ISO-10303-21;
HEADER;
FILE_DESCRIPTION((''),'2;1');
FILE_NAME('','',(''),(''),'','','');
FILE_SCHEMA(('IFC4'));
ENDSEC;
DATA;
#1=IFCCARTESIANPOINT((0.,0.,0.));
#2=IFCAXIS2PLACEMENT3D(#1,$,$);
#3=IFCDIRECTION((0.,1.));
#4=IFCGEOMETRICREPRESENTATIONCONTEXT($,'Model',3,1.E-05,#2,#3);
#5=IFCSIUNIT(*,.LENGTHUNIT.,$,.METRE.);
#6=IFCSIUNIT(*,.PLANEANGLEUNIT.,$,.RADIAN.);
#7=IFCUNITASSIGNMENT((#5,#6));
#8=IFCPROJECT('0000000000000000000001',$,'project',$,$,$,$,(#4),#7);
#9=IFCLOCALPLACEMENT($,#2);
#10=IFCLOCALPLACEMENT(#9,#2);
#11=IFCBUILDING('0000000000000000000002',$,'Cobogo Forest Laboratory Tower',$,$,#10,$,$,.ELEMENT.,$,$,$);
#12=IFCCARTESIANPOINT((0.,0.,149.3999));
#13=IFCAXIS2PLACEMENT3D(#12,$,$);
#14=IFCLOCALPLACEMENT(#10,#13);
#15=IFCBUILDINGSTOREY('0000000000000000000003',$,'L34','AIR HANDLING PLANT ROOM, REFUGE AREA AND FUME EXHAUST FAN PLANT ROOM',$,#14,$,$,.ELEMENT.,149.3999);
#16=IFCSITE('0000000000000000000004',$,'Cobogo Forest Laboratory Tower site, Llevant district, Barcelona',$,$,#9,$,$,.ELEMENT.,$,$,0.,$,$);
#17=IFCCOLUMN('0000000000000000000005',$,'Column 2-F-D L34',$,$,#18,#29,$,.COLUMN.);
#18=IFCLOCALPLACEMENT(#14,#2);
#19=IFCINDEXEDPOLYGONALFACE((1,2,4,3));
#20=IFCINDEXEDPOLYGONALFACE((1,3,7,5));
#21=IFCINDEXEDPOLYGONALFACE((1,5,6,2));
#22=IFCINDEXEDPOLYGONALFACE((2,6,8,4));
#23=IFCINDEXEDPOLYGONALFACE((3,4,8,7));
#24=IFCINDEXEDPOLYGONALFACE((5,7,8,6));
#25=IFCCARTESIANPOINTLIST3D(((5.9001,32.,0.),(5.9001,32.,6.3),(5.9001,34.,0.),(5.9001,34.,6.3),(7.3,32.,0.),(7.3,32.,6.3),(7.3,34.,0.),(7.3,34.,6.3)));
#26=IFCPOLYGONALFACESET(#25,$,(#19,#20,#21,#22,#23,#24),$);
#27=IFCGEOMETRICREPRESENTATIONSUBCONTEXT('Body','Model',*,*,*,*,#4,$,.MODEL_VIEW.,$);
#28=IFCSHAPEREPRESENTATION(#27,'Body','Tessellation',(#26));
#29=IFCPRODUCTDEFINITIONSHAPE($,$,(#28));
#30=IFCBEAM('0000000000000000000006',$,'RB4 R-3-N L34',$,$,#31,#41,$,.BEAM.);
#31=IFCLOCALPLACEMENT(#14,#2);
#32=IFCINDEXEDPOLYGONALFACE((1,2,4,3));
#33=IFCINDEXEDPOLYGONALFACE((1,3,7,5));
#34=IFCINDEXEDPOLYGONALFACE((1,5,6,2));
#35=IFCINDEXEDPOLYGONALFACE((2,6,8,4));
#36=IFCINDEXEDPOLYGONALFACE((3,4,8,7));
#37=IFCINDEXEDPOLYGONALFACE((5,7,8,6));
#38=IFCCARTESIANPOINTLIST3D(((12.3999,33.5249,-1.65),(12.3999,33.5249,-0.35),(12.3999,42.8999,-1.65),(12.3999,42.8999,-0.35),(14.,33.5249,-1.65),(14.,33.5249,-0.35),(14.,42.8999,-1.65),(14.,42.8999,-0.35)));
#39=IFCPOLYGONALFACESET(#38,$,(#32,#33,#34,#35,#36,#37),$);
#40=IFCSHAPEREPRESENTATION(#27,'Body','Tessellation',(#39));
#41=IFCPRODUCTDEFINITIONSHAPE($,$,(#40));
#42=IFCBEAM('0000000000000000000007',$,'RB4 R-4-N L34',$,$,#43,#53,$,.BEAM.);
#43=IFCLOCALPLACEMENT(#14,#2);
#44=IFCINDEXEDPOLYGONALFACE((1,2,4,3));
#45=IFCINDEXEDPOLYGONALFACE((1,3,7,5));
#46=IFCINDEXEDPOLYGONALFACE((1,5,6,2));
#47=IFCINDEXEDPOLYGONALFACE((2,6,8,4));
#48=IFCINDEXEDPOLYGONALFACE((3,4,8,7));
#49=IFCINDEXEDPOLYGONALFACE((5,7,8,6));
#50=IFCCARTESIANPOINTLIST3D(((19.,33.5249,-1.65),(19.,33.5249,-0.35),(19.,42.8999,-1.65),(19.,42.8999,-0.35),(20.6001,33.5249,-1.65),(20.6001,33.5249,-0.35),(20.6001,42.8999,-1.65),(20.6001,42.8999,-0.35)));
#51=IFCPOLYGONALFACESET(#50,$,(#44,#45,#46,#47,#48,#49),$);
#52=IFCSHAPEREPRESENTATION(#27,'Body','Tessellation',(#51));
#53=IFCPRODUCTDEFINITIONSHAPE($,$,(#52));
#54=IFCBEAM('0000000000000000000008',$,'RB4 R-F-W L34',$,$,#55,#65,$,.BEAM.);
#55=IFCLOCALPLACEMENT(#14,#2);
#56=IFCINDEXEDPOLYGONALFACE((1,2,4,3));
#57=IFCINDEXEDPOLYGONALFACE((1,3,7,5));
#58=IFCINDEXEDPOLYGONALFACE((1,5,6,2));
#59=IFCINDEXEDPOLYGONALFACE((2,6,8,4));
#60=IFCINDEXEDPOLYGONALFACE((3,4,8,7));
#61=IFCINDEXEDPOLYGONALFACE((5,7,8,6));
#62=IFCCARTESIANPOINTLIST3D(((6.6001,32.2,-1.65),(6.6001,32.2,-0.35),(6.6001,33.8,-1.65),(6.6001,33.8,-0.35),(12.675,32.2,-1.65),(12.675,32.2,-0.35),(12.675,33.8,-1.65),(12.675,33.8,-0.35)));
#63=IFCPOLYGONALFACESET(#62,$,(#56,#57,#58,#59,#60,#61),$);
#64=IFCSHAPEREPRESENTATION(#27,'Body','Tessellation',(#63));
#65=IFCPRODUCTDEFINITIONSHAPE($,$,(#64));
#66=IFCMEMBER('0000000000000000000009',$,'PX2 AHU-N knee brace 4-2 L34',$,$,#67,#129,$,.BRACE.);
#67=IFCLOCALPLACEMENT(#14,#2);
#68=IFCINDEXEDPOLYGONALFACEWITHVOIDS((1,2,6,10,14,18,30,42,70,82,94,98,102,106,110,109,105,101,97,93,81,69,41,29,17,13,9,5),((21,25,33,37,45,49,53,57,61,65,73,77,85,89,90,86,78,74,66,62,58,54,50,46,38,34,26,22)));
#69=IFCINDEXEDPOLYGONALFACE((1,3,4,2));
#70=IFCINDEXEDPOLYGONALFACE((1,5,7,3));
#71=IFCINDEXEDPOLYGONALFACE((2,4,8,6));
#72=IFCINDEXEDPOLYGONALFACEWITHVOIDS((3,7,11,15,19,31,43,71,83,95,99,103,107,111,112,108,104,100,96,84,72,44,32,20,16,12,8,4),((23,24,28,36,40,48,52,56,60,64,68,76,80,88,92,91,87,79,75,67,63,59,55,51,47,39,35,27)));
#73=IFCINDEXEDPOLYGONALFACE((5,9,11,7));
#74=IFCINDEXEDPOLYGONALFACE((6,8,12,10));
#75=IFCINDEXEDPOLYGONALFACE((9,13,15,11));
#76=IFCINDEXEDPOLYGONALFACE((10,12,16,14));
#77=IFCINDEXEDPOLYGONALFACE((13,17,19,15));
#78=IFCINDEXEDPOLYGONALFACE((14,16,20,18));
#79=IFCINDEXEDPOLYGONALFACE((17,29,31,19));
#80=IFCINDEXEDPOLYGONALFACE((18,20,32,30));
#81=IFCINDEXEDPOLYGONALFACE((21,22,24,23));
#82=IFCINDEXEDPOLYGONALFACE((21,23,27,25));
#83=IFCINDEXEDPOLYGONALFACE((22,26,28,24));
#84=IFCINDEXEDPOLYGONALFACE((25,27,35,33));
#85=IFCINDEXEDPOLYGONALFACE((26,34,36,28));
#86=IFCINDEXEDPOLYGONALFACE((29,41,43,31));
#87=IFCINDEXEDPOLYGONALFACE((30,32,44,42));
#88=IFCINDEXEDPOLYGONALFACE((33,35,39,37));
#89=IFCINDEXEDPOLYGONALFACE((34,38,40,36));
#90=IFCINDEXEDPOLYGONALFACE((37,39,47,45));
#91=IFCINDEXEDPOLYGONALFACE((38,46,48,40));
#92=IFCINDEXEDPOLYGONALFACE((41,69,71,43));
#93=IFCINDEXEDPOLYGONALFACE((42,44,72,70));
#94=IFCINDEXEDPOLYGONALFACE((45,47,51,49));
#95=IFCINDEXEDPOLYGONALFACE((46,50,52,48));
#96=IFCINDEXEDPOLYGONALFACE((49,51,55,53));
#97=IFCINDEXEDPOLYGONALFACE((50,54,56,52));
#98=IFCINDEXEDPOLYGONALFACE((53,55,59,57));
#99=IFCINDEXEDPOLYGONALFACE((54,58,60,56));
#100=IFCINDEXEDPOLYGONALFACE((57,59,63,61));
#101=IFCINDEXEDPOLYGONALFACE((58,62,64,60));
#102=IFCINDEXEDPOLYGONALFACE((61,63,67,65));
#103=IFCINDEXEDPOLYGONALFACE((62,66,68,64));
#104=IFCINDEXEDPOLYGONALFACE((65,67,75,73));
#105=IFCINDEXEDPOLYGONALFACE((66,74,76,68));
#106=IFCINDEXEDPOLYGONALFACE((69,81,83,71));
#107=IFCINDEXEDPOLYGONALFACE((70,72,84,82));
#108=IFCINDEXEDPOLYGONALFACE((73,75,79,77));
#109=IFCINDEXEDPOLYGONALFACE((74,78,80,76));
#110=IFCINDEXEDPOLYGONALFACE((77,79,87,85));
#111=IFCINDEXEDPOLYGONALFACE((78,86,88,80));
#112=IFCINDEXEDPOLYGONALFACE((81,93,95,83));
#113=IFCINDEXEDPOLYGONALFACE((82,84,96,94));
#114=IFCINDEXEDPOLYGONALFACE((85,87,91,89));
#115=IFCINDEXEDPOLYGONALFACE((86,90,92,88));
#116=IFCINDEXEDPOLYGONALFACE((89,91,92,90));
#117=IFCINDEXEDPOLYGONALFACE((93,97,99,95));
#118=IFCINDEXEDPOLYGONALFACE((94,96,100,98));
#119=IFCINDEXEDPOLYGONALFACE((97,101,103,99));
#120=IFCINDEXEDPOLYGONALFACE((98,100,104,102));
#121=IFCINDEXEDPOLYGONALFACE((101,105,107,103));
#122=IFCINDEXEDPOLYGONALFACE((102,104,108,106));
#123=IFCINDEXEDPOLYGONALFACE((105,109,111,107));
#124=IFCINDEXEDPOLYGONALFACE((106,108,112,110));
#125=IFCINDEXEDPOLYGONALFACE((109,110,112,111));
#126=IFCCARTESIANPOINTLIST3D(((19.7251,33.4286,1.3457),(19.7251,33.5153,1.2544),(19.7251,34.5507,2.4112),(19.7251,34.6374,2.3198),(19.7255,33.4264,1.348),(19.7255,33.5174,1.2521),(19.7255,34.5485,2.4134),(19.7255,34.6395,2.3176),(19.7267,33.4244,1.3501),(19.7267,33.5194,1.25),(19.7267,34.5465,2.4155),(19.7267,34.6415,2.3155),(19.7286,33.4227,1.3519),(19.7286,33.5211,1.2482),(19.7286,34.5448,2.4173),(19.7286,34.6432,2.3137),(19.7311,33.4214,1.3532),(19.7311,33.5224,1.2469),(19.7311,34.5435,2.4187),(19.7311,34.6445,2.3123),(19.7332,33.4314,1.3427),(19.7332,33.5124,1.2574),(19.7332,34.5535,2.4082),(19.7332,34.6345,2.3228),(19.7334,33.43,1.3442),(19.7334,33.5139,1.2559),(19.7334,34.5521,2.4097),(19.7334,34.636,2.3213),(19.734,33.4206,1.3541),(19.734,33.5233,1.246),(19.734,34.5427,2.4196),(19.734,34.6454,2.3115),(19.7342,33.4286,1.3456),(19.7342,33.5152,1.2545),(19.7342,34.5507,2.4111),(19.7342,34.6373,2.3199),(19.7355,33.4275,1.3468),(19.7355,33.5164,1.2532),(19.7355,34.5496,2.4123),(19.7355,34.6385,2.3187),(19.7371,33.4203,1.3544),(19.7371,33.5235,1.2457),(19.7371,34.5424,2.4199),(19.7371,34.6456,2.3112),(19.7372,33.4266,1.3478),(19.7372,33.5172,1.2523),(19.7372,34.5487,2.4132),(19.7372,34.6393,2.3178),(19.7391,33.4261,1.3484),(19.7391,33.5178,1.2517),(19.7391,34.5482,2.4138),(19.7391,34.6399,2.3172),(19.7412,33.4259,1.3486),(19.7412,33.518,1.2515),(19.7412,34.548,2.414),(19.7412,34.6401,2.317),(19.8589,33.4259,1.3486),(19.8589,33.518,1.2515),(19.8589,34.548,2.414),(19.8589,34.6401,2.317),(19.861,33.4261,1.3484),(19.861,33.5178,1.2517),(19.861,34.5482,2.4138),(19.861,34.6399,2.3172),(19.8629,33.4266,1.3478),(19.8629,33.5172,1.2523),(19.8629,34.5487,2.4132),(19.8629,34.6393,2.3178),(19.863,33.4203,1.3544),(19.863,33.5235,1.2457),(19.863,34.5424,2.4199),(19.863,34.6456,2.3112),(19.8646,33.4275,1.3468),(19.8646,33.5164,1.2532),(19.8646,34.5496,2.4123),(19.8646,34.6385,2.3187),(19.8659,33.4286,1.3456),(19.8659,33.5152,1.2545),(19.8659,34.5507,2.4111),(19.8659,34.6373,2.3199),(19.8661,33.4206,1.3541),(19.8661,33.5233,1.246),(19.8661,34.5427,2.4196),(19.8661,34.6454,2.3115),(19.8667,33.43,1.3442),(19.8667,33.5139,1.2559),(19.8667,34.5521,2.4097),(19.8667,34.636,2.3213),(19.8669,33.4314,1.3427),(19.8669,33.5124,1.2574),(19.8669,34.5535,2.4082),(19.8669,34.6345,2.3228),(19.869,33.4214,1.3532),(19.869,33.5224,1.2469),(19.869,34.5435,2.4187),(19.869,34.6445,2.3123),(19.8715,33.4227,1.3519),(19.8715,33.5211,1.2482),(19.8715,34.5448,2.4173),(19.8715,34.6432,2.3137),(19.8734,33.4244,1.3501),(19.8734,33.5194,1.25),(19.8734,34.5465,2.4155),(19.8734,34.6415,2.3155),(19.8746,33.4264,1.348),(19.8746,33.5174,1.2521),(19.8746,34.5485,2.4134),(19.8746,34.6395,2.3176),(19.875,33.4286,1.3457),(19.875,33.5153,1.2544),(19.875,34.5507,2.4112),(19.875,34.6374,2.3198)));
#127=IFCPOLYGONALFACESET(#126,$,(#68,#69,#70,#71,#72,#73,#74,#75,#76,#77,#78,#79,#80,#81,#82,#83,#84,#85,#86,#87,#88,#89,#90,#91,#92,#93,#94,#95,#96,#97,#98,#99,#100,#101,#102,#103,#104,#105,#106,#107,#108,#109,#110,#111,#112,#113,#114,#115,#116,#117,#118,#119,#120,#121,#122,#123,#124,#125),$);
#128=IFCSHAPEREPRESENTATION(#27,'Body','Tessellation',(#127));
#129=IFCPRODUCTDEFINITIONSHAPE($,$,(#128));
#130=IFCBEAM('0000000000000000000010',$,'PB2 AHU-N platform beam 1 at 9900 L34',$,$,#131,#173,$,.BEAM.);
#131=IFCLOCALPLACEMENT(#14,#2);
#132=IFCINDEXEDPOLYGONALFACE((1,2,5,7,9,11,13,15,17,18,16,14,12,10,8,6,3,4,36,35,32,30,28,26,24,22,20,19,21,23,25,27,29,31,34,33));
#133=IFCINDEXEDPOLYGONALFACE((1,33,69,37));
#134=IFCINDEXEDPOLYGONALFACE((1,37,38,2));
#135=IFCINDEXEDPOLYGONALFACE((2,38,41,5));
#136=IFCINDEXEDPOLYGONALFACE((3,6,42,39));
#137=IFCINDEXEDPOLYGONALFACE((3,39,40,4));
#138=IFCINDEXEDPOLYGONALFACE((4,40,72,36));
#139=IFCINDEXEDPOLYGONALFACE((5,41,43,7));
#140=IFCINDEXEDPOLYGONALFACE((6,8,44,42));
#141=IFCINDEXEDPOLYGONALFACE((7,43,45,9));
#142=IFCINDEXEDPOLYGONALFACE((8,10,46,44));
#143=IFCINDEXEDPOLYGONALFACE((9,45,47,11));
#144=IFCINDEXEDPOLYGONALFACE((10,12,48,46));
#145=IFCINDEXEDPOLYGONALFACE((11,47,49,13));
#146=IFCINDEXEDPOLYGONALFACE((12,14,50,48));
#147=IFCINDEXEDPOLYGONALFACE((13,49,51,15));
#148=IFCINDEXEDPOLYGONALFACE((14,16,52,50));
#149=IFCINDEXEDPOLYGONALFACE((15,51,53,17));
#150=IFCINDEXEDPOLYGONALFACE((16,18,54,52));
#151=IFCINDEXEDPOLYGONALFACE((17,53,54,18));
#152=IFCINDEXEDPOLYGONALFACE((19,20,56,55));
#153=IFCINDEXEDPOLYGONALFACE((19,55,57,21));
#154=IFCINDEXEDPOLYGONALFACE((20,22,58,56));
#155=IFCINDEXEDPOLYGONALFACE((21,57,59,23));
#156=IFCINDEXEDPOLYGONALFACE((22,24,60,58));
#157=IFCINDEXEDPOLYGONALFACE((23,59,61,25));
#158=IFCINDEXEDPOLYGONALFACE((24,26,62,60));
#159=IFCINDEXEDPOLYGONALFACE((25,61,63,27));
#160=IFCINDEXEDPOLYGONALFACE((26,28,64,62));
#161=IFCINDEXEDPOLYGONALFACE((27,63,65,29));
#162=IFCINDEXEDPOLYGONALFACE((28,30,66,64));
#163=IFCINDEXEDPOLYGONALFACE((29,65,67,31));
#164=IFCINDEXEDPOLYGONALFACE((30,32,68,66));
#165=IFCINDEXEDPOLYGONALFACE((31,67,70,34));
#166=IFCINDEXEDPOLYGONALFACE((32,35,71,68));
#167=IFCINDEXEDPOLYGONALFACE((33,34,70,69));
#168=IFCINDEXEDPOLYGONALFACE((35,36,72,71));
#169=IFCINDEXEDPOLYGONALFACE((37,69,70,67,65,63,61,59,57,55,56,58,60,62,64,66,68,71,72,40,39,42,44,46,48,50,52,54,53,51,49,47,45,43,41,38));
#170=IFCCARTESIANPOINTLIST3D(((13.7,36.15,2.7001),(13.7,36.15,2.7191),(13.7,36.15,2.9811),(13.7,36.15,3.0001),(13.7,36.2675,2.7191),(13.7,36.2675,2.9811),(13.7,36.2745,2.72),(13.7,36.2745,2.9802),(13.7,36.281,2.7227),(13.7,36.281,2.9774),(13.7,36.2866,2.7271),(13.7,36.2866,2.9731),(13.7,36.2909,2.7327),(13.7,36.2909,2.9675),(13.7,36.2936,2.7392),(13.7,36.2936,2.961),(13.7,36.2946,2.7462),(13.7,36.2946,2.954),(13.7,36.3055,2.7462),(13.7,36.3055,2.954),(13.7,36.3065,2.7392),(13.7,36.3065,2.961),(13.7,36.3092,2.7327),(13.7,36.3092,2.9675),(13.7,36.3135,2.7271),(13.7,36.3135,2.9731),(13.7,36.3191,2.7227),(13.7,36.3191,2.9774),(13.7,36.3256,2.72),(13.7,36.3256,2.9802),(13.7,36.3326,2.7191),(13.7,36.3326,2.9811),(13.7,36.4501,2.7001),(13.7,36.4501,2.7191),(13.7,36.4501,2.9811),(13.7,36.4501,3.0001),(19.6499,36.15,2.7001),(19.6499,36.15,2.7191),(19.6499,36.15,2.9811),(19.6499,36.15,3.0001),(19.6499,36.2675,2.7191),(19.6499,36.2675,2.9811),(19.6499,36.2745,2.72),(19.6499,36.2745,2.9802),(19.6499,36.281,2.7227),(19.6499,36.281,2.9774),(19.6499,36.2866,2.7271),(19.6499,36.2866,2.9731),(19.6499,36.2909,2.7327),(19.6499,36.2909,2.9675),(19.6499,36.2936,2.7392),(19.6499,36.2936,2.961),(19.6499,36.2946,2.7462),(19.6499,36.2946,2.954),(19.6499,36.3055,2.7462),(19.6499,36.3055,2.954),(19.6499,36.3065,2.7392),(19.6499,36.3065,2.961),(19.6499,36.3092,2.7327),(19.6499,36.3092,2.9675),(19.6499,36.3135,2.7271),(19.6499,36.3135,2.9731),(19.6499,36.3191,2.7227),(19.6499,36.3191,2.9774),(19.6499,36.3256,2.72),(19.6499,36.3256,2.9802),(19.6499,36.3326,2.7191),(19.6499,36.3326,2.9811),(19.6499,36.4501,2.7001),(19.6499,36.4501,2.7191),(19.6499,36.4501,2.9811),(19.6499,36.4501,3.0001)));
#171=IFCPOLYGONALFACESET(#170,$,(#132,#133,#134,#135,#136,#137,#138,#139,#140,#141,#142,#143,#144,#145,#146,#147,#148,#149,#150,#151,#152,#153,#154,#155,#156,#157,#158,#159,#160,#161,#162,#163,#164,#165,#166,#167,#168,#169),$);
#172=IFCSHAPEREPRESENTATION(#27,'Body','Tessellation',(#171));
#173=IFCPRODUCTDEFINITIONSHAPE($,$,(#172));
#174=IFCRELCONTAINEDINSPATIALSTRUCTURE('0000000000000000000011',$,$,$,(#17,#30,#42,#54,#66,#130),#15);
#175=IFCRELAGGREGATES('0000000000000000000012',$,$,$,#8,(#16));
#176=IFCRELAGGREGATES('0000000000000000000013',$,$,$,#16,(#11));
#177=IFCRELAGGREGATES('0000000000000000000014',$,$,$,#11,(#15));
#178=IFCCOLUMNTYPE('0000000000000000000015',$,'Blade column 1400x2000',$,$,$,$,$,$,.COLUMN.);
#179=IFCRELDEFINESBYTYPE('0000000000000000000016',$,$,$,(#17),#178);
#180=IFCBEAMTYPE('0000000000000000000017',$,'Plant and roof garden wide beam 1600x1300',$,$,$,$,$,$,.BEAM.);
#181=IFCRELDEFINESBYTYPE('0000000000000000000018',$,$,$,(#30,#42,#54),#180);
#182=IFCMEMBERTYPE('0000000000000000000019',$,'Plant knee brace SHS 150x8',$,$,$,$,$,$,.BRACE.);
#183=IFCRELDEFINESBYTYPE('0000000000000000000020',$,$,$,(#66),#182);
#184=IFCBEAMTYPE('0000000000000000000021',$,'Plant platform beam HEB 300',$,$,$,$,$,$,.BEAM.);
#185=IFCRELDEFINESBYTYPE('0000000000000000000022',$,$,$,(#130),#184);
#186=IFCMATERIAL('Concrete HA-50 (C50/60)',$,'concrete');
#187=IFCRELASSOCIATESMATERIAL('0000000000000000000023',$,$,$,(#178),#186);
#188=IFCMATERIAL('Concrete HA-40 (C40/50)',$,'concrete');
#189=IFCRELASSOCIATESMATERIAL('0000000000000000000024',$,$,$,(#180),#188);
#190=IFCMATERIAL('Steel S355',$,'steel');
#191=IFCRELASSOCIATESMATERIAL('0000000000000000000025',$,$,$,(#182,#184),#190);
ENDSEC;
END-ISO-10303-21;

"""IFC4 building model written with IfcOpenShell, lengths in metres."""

from ifc_helpers import new_model, si_unit, direction, frame, origin, origin_2d, place, context, subcontext, project, spatial, rectangle, hollow_rectangle, i_section, extrude, material, material_profile, profile_set, type_object, element, save


model = new_model("IFC4")

# Units and contexts
model_context = context("Model", 3, precision=1e-05, world=origin(), true_north=direction((0.0, 1.0)))
body_context = subcontext(model_context, "Body", "Model", "MODEL_VIEW")
ifc_project = project(units=[si_unit("LENGTHUNIT", "METRE"), si_unit("PLANEANGLEUNIT", "RADIAN")], contexts=[model_context])

# Site, building, storey
site_placement = place(None, origin())
site = spatial("IfcSite", under=ifc_project, at=site_placement, Name="Cobogo Forest Laboratory Tower site, Llevant district, Barcelona", CompositionType="ELEMENT", RefElevation=0.0)
building_placement = place(site_placement, origin())
building = spatial("IfcBuilding", under=site, at=building_placement, Name="Cobogo Forest Laboratory Tower", CompositionType="ELEMENT")
storey_placement = place(building_placement, frame((0.0, 0.0, 149.3999)))
storey = spatial("IfcBuildingStorey", under=building, at=storey_placement, Name="L34", Description="AIR HANDLING PLANT ROOM, REFUGE AREA AND FUME EXHAUST FAN PLANT ROOM", CompositionType="ELEMENT", Elevation=149.3999)

# Column
ifc_material_1 = material(Name="Concrete HA-50 (C50/60)", Category="concrete")
ifc_material_profile_1 = material_profile(ifc_material_1, rectangle(XDim=2.0, YDim=1.3999, at=origin_2d()), Name="RC 1400x2000")
ifc_profile_set_1 = profile_set([ifc_material_profile_1], Name="Concrete HA-50 (C50/60)")
column_type = type_object("IfcColumnType", Name="Blade column 1400x2000", PredefinedType="COLUMN", material=ifc_profile_set_1)
column_placement = place(storey_placement, frame((6.6001, 33.0, 0.0), z_axis=(0.0, 0.0, 1.0), x_axis=(0.0, 1.0, 0.0)))
element("IfcColumn", 1, at=column_placement, inside=storey, type_object=column_type, Name="Column 2-F-D L34", PredefinedType="COLUMN", context=body_context, shape_type="SweptSolid", body=[
    extrude(rectangle(XDim=2.0, YDim=1.3999, at=origin_2d()), origin(), (0.0, 0.0, 1.0), 6.3),
])

# Beams
ifc_material_2 = material(Name="Concrete HA-40 (C40/50)", Category="concrete")
ifc_material_profile_2 = material_profile(ifc_material_2, rectangle(XDim=1.6001, YDim=1.3, at=origin_2d()), Name="RC 1600x1300")
ifc_profile_set_2 = profile_set([ifc_material_profile_2], Name="Concrete HA-40 (C40/50)")
beam_type_1 = type_object("IfcBeamType", Name="Plant and roof garden wide beam 1600x1300", PredefinedType="BEAM", material=ifc_profile_set_2)
for number, where, z_axis, x_axis, name in (
    (2, (13.2, 33.5249, -1.0), (0.0, 1.0, 0.0), (-1.0, 0.0, 0.0), "RB4 R-3-N L34"),
    (3, (19.8, 33.5249, -1.0), (0.0, 1.0, 0.0), (-1.0, 0.0, 0.0), "RB4 R-4-N L34"),
):
    element("IfcBeam", number, at=place(storey_placement, frame(where, z_axis=z_axis, x_axis=x_axis)), inside=storey, type_object=beam_type_1, Name=name, PredefinedType="BEAM", context=body_context, shape_type="SweptSolid", body=[
        extrude(rectangle(XDim=1.6001, YDim=1.3, at=origin_2d()), origin(), (0.0, 0.0, 1.0), 9.375),
    ])
beam_1_placement = place(storey_placement, frame((12.675, 33.0, -1.0), z_axis=(-1.0, 0.0, 0.0), x_axis=(0.0, -1.0, 0.0)))
element("IfcBeam", 4, at=beam_1_placement, inside=storey, type_object=beam_type_1, Name="RB4 R-F-W L34", PredefinedType="BEAM", context=body_context, shape_type="SweptSolid", body=[
    extrude(rectangle(XDim=1.6001, YDim=1.3, at=origin_2d()), origin(), (0.0, 0.0, 1.0), 6.075),
])

# Member
ifc_material_3 = material(Name="Steel S355", Category="steel")
ifc_material_profile_3 = material_profile(ifc_material_3, hollow_rectangle(XDim=0.1499, YDim=0.1499, WallThickness=0.0081, InnerFilletRadius=0.0081, OuterFilletRadius=0.012, at=origin_2d()), Name="SHS 150x8")
ifc_profile_set_3 = profile_set([ifc_material_profile_3], Name="Steel S355")
member_type = type_object("IfcMemberType", Name="Plant knee brace SHS 150x8", PredefinedType="BRACE", material=ifc_profile_set_3)
member_placement = place(storey_placement, frame((19.8, 33.4719, 1.3), z_axis=(0.0, 0.725173, 0.688567), x_axis=(-1.0, 0.0, 0.0)))
element("IfcMember", 5, at=member_placement, inside=storey, type_object=member_type, Name="PX2 AHU-N knee brace 4-2 L34", PredefinedType="BRACE", context=body_context, shape_type="SweptSolid", body=[
    extrude(hollow_rectangle(XDim=0.1499, YDim=0.1499, WallThickness=0.0081, InnerFilletRadius=0.0081, OuterFilletRadius=0.012, at=origin_2d()), origin(), (0.0, 0.0, 1.0), 1.5474),
])

# Beam
ifc_material_profile_4 = material_profile(ifc_material_3, i_section(OverallWidth=0.3, OverallDepth=0.3, WebThickness=0.011, FlangeThickness=0.019, FilletRadius=0.0271, at=origin_2d()), Name="HEB 300")
ifc_profile_set_4 = profile_set([ifc_material_profile_4], Name="Steel S355")
beam_type_2 = type_object("IfcBeamType", Name="Plant platform beam HEB 300", PredefinedType="BEAM", material=ifc_profile_set_4)
beam_2_placement = place(storey_placement, frame((13.7, 36.3, 2.8501), z_axis=(1.0, 0.0, 0.0), x_axis=(0.0, 1.0, 0.0)))
element("IfcBeam", 6, at=beam_2_placement, inside=storey, type_object=beam_type_2, Name="PB2 AHU-N platform beam 1 at 9900 L34", PredefinedType="BEAM", context=body_context, shape_type="SweptSolid", body=[
    extrude(i_section(OverallWidth=0.3, OverallDepth=0.3, WebThickness=0.011, FlangeThickness=0.019, FilletRadius=0.0271, at=origin_2d()), origin(), (0.0, 0.0, 1.0), 5.95),
])

save(model, "model.ifc")
